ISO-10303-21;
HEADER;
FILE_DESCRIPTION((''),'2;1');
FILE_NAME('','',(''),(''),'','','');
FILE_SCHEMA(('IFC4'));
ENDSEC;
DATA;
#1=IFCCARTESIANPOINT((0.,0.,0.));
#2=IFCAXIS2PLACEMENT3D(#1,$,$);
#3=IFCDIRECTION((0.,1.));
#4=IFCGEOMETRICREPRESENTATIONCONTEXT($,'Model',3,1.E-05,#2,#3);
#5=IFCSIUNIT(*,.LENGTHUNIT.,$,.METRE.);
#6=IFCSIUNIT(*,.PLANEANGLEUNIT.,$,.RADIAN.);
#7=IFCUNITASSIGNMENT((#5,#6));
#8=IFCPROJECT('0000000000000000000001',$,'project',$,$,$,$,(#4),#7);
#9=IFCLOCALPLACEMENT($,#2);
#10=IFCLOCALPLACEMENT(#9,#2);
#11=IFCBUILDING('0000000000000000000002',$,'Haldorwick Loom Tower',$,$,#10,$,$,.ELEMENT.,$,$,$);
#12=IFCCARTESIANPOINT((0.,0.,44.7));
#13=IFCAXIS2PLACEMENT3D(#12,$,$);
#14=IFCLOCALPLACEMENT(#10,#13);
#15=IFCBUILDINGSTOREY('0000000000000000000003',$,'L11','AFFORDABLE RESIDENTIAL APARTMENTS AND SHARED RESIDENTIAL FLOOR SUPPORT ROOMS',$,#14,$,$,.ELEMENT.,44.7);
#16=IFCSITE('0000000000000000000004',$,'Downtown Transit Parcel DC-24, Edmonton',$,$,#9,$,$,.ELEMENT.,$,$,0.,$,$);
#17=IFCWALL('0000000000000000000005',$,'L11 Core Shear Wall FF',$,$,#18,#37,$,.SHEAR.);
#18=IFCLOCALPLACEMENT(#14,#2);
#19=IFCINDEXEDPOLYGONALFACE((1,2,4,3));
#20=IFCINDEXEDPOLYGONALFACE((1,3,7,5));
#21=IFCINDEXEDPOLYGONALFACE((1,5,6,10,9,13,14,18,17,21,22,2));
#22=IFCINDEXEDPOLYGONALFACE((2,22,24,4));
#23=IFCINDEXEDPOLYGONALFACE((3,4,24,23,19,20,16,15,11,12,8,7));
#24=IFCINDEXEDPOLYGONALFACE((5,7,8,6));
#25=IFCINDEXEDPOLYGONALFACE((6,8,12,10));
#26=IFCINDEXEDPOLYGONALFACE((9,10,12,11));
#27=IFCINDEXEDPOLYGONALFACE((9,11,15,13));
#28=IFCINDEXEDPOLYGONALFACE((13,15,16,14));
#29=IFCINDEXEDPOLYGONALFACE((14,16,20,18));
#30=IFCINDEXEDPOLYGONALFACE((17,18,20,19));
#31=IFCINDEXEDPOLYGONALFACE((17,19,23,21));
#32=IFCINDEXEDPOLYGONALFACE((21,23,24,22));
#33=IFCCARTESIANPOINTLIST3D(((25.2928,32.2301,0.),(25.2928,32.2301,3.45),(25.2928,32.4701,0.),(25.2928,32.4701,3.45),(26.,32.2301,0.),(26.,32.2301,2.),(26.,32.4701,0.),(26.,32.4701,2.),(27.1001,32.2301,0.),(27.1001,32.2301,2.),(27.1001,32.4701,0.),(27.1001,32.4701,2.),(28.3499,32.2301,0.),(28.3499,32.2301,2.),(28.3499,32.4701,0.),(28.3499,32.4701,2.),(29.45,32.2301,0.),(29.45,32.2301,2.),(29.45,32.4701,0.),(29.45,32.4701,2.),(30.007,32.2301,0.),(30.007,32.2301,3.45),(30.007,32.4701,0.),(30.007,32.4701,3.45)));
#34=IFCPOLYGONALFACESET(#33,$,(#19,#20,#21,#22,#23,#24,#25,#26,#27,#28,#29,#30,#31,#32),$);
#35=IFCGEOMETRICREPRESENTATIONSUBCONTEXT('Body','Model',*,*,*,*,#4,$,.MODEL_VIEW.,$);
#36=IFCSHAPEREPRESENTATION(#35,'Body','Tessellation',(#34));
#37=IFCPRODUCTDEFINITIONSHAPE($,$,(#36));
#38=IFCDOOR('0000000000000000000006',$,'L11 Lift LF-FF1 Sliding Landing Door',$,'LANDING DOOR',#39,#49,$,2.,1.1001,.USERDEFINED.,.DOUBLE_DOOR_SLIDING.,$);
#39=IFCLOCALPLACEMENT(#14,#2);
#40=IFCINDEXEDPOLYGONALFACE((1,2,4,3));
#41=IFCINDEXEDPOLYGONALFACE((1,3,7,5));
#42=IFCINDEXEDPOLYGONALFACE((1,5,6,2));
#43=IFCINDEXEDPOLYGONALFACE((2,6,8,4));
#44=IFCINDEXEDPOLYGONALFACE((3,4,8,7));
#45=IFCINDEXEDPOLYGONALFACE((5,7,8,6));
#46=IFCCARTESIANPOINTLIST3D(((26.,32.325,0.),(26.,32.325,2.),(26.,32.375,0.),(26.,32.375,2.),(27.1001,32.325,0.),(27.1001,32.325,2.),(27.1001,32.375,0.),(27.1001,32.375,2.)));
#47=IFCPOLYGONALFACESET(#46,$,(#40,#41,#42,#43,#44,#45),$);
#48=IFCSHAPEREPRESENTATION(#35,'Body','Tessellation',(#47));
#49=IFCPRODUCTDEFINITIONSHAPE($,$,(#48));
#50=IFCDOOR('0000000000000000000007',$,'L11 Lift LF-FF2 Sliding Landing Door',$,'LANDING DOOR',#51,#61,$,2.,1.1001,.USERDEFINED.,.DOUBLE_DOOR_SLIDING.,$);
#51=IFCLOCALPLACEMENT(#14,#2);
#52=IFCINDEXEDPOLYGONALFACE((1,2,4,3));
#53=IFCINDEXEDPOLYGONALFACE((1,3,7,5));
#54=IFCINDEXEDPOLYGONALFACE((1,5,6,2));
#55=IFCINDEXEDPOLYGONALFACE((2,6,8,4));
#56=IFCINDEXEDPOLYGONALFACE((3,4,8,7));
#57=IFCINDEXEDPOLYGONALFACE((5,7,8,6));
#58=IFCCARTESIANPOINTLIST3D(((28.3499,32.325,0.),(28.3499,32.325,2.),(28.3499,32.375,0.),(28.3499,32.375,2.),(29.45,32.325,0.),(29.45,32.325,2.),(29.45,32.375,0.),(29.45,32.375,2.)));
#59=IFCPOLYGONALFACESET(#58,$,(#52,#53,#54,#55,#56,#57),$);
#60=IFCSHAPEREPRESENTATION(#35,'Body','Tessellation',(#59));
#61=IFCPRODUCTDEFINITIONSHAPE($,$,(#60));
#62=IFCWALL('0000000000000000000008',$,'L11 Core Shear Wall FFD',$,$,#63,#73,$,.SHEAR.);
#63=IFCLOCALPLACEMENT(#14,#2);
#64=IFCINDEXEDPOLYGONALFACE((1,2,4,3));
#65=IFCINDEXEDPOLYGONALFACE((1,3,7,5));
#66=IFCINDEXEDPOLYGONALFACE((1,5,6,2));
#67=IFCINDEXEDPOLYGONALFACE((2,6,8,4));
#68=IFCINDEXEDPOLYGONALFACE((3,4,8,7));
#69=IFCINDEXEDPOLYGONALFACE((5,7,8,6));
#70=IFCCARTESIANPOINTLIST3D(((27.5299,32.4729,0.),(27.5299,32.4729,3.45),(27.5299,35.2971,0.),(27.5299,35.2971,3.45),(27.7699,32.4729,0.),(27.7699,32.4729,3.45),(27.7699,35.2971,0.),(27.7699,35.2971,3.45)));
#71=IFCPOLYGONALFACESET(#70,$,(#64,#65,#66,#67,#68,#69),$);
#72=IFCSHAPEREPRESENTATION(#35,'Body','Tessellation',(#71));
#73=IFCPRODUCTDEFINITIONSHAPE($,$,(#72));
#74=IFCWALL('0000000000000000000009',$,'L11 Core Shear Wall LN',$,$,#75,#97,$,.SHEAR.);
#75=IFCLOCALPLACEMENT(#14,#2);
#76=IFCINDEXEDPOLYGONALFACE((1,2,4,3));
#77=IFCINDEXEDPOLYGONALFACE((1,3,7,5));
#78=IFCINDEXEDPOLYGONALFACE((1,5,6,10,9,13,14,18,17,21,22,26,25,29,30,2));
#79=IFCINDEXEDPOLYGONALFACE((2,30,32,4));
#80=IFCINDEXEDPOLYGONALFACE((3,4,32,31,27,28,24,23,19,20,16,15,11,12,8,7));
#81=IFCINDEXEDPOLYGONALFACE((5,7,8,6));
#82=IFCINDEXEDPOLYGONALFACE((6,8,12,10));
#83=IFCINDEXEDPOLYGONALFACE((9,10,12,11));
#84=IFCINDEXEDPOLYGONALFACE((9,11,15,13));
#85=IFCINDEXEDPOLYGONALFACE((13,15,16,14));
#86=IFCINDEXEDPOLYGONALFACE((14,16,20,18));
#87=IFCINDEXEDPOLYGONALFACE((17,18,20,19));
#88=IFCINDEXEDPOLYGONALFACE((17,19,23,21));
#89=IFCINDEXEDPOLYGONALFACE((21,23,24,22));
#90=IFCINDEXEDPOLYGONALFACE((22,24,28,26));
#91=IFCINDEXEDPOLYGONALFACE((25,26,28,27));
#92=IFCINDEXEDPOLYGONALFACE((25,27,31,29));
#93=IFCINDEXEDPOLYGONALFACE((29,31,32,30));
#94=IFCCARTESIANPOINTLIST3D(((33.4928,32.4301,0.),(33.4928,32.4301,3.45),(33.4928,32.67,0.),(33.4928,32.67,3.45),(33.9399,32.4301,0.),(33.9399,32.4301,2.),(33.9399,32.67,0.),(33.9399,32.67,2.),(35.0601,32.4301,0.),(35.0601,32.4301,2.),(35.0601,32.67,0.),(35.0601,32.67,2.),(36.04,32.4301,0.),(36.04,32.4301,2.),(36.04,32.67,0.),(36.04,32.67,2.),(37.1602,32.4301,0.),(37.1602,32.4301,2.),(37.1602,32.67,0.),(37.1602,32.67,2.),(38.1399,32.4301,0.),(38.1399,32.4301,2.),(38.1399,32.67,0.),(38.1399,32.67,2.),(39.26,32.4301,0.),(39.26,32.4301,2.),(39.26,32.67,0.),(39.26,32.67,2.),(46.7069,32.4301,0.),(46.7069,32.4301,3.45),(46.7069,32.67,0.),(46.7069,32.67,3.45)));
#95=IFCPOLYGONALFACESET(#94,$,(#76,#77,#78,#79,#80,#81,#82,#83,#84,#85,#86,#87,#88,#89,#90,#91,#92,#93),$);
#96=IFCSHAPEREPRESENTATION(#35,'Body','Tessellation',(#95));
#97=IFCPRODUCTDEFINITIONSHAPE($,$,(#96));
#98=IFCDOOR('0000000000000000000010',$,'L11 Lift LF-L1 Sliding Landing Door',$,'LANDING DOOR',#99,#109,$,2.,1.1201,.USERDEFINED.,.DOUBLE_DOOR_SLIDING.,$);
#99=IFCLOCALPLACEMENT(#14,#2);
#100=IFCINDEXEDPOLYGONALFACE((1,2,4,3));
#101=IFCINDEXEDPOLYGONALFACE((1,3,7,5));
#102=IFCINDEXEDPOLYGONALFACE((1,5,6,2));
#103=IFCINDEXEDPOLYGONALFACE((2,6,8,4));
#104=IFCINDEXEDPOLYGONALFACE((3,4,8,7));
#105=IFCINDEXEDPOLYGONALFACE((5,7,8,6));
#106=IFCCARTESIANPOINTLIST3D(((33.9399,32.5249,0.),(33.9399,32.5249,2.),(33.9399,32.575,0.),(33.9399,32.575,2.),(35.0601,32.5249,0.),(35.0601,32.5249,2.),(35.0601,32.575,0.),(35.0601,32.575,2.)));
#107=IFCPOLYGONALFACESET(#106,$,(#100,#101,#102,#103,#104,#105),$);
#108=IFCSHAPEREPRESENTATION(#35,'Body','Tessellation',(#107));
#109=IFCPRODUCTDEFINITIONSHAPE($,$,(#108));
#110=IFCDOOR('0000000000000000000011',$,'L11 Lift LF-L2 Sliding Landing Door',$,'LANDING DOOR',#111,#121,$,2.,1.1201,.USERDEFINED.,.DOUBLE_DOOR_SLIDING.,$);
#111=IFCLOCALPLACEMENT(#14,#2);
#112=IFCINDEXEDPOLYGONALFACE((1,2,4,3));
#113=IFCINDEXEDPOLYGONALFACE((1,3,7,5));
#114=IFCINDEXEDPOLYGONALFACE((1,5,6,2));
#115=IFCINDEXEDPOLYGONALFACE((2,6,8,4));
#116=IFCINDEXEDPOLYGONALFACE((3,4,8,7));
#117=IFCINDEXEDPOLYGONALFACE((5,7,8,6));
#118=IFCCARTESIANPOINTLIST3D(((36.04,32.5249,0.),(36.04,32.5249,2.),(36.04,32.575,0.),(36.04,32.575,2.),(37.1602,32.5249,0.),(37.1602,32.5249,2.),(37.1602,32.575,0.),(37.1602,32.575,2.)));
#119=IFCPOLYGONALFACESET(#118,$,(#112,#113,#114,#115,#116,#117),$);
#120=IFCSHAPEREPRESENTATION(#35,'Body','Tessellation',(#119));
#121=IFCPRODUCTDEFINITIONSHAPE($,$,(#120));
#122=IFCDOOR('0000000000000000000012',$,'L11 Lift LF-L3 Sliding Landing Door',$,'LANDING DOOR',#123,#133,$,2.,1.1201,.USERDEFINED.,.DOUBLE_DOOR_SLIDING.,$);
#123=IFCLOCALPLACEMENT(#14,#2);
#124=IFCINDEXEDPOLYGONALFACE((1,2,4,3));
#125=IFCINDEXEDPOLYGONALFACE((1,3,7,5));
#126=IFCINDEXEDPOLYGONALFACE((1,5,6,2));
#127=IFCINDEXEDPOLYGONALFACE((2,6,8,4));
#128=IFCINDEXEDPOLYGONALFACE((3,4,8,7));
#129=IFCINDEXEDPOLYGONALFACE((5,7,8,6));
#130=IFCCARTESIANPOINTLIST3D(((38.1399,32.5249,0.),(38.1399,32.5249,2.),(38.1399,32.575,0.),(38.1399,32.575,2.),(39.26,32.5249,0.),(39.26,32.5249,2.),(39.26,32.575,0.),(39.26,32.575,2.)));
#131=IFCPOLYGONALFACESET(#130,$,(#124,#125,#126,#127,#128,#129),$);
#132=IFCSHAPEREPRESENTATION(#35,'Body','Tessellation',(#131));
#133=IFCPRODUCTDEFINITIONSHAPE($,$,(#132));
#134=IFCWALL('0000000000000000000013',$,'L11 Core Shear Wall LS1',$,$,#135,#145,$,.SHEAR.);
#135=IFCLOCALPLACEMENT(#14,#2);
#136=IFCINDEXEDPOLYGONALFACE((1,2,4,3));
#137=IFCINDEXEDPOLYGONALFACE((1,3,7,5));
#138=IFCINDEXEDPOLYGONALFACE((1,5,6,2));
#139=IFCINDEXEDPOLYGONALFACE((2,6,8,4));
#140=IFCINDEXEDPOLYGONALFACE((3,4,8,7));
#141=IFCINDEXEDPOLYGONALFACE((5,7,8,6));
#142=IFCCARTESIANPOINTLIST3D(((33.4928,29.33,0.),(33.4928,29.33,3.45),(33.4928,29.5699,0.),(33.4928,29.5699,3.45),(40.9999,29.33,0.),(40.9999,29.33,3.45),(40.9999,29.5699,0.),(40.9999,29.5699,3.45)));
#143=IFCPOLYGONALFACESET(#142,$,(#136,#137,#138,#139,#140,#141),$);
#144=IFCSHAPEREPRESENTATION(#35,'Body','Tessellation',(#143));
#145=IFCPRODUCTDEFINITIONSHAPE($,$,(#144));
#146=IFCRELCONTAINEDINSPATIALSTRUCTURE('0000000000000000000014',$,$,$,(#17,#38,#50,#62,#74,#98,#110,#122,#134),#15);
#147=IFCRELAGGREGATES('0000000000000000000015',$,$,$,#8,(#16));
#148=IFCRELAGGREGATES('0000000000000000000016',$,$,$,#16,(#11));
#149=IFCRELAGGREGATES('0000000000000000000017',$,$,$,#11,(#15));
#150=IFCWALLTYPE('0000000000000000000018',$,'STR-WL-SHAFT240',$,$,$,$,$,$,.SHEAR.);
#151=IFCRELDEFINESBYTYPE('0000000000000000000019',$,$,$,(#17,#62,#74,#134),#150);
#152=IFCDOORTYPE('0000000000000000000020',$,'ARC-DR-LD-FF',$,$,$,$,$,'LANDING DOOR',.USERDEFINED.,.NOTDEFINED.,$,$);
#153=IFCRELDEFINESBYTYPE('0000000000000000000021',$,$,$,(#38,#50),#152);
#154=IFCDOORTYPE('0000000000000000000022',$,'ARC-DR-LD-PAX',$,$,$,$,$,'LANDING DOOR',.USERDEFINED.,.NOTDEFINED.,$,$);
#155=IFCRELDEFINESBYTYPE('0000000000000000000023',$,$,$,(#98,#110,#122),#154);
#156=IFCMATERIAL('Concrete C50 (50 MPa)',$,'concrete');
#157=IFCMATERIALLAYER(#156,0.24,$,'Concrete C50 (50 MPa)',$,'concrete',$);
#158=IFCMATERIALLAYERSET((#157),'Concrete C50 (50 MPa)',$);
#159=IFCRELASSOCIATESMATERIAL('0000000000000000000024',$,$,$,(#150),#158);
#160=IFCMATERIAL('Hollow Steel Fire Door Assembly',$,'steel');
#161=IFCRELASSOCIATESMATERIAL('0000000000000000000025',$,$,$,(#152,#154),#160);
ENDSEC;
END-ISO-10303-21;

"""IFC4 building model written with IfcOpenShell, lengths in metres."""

from ifc_helpers import new_model, si_unit, direction, frame, frame_2d, origin, place, context, subcontext, project, spatial, rectangle, extrude, material, layer, layer_set, type_object, element, fill, save


model = new_model("IFC4")

# Units and contexts
model_context = context("Model", 3, precision=1e-05, world=origin(), true_north=direction((0.0, 1.0)))
body_context = subcontext(model_context, "Body", "Model", "MODEL_VIEW")
ifc_project = project(units=[si_unit("LENGTHUNIT", "METRE"), si_unit("PLANEANGLEUNIT", "RADIAN")], contexts=[model_context])

# Site, building, storey
site_placement = place(None, origin())
site = spatial("IfcSite", under=ifc_project, at=site_placement, Name="Downtown Transit Parcel DC-24, Edmonton", CompositionType="ELEMENT", RefElevation=0.0)
building_placement = place(site_placement, origin())
building = spatial("IfcBuilding", under=site, at=building_placement, Name="Haldorwick Loom Tower", CompositionType="ELEMENT")
storey_placement = place(building_placement, frame((0.0, 0.0, 44.7)))
storey = spatial("IfcBuildingStorey", under=building, at=storey_placement, Name="L11", Description="AFFORDABLE RESIDENTIAL APARTMENTS AND SHARED RESIDENTIAL FLOOR SUPPORT ROOMS", CompositionType="ELEMENT", Elevation=44.7)

# Shared definitions
ifc_material_1 = material(Name="Concrete C50 (50 MPa)", Category="concrete")
ifc_layer = layer(ifc_material_1, 0.24, Name="Concrete C50 (50 MPa)", Category="concrete")
ifc_layer_set = layer_set([ifc_layer], Name="Concrete C50 (50 MPa)")
wall_type = type_object("IfcWallType", Name="STR-WL-SHAFT240", PredefinedType="SHEAR", material=ifc_layer_set)

# Wall, openings, doors
wall_1_placement = place(storey_placement, frame((25.293, 32.3501, 0.0), z_axis=(0.0, 0.0, 1.0), x_axis=(1.0, 0.0, 0.0)))
wall_1 = element("IfcWall", 1, at=wall_1_placement, inside=storey, type_object=wall_type, Name="L11 Core Shear Wall FF", PredefinedType="SHEAR", context=body_context, shape_type="SweptSolid", body=[
    extrude(rectangle(XDim=4.7141, YDim=0.24, at=frame_2d((2.3569, 0.0))), origin(), (0.0, 0.0, 1.0), 3.45),
])
opening_1_placement = place(wall_1_placement, frame((0.707, 0.0, 0.0)))
opening_1 = element("IfcOpeningElement", 2, at=opening_1_placement, cuts=wall_1, PredefinedType="OPENING", context=body_context, shape_type="SweptSolid", body=[
    extrude(rectangle(XDim=1.1001, YDim=2.0, at=frame_2d((0.55, 1.0))), frame((0.0, 0.1299, 0.0), z_axis=(0.0, -1.0, 0.0), x_axis=(1.0, 0.0, 0.0)), (0.0, 0.0, 1.0), 0.26),
])
opening_2_placement = place(wall_1_placement, frame((3.0569, 0.0, 0.0)))
opening_2 = element("IfcOpeningElement", 3, at=opening_2_placement, cuts=wall_1, PredefinedType="OPENING", context=body_context, shape_type="SweptSolid", body=[
    extrude(rectangle(XDim=1.1001, YDim=2.0, at=frame_2d((0.55, 1.0))), frame((0.0, 0.1299, 0.0), z_axis=(0.0, -1.0, 0.0), x_axis=(1.0, 0.0, 0.0)), (0.0, 0.0, 1.0), 0.26),
])
ifc_material_2 = material(Name="Hollow Steel Fire Door Assembly", Category="steel")
door_type_1 = type_object("IfcDoorType", Name="ARC-DR-LD-FF", ElementType="LANDING DOOR", OperationType="NOTDEFINED", PredefinedType="USERDEFINED", material=ifc_material_2)
door_1_placement = place(opening_1_placement, origin())
door_1 = element("IfcDoor", 4, at=door_1_placement, inside=storey, type_object=door_type_1, Name="L11 Lift LF-FF1 Sliding Landing Door", ObjectType="LANDING DOOR", OperationType="DOUBLE_DOOR_SLIDING", OverallHeight=2.0, OverallWidth=1.1001, PredefinedType="USERDEFINED", context=body_context, shape_type="SweptSolid", body=[
    extrude(rectangle(XDim=1.1001, YDim=2.0, at=frame_2d((0.55, 1.0))), frame((0.0, 0.0249, 0.0), z_axis=(0.0, -1.0, 0.0), x_axis=(1.0, 0.0, 0.0)), (0.0, 0.0, 1.0), 0.05),
])
fill(opening_1, door_1)
door_2_placement = place(opening_2_placement, origin())
door_2 = element("IfcDoor", 5, at=door_2_placement, inside=storey, type_object=door_type_1, Name="L11 Lift LF-FF2 Sliding Landing Door", ObjectType="LANDING DOOR", OperationType="DOUBLE_DOOR_SLIDING", OverallHeight=2.0, OverallWidth=1.1001, PredefinedType="USERDEFINED", context=body_context, shape_type="SweptSolid", body=[
    extrude(rectangle(XDim=1.1001, YDim=2.0, at=frame_2d((0.55, 1.0))), frame((0.0, 0.0249, 0.0), z_axis=(0.0, -1.0, 0.0), x_axis=(1.0, 0.0, 0.0)), (0.0, 0.0, 1.0), 0.05),
])
fill(opening_2, door_2)

# Wall
wall_2_placement = place(storey_placement, frame((27.6499, 32.4729, 0.0), z_axis=(0.0, 0.0, 1.0), x_axis=(0.0, 1.0, 0.0)))
element("IfcWall", 6, at=wall_2_placement, inside=storey, type_object=wall_type, Name="L11 Core Shear Wall FFD", PredefinedType="SHEAR", context=body_context, shape_type="SweptSolid", body=[
    extrude(rectangle(XDim=2.8242, YDim=0.24, at=frame_2d((1.4121, 0.0))), origin(), (0.0, 0.0, 1.0), 3.45),
])

# Wall, openings, doors
wall_3_placement = place(storey_placement, frame((33.4929, 32.55, 0.0), z_axis=(0.0, 0.0, 1.0), x_axis=(1.0, 0.0, 0.0)))
wall_3 = element("IfcWall", 7, at=wall_3_placement, inside=storey, type_object=wall_type, Name="L11 Core Shear Wall LN", PredefinedType="SHEAR", context=body_context, shape_type="SweptSolid", body=[
    extrude(rectangle(XDim=13.2141, YDim=0.24, at=frame_2d((6.6069, 0.0))), origin(), (0.0, 0.0, 1.0), 3.45),
])
opening_3_placement = place(wall_3_placement, frame((0.447, 0.0, 0.0)))
opening_3 = element("IfcOpeningElement", 8, at=opening_3_placement, cuts=wall_3, PredefinedType="OPENING", context=body_context, shape_type="SweptSolid", body=[
    extrude(rectangle(XDim=1.1201, YDim=2.0, at=frame_2d((0.5601, 1.0))), frame((0.0, 0.1299, 0.0), z_axis=(0.0, -1.0, 0.0), x_axis=(1.0, 0.0, 0.0)), (0.0, 0.0, 1.0), 0.26),
])
opening_4_placement = place(wall_3_placement, frame((2.5471, 0.0, 0.0)))
opening_4 = element("IfcOpeningElement", 9, at=opening_4_placement, cuts=wall_3, PredefinedType="OPENING", context=body_context, shape_type="SweptSolid", body=[
    extrude(rectangle(XDim=1.1201, YDim=2.0, at=frame_2d((0.5601, 1.0))), frame((0.0, 0.1299, 0.0), z_axis=(0.0, -1.0, 0.0), x_axis=(1.0, 0.0, 0.0)), (0.0, 0.0, 1.0), 0.26),
])
opening_5_placement = place(wall_3_placement, frame((4.647, 0.0, 0.0)))
opening_5 = element("IfcOpeningElement", 10, at=opening_5_placement, cuts=wall_3, PredefinedType="OPENING", context=body_context, shape_type="SweptSolid", body=[
    extrude(rectangle(XDim=1.1201, YDim=2.0, at=frame_2d((0.5601, 1.0))), frame((0.0, 0.1299, 0.0), z_axis=(0.0, -1.0, 0.0), x_axis=(1.0, 0.0, 0.0)), (0.0, 0.0, 1.0), 0.26),
])
door_type_2 = type_object("IfcDoorType", Name="ARC-DR-LD-PAX", ElementType="LANDING DOOR", OperationType="NOTDEFINED", PredefinedType="USERDEFINED", material=ifc_material_2)
door_3_placement = place(opening_3_placement, origin())
door_3 = element("IfcDoor", 11, at=door_3_placement, inside=storey, type_object=door_type_2, Name="L11 Lift LF-L1 Sliding Landing Door", ObjectType="LANDING DOOR", OperationType="DOUBLE_DOOR_SLIDING", OverallHeight=2.0, OverallWidth=1.1201, PredefinedType="USERDEFINED", context=body_context, shape_type="SweptSolid", body=[
    extrude(rectangle(XDim=1.1201, YDim=2.0, at=frame_2d((0.5601, 1.0))), frame((0.0, 0.0249, 0.0), z_axis=(0.0, -1.0, 0.0), x_axis=(1.0, 0.0, 0.0)), (0.0, 0.0, 1.0), 0.05),
])
fill(opening_3, door_3)
door_4_placement = place(opening_4_placement, origin())
door_4 = element("IfcDoor", 12, at=door_4_placement, inside=storey, type_object=door_type_2, Name="L11 Lift LF-L2 Sliding Landing Door", ObjectType="LANDING DOOR", OperationType="DOUBLE_DOOR_SLIDING", OverallHeight=2.0, OverallWidth=1.1201, PredefinedType="USERDEFINED", context=body_context, shape_type="SweptSolid", body=[
    extrude(rectangle(XDim=1.1201, YDim=2.0, at=frame_2d((0.5601, 1.0))), frame((0.0, 0.0249, 0.0), z_axis=(0.0, -1.0, 0.0), x_axis=(1.0, 0.0, 0.0)), (0.0, 0.0, 1.0), 0.05),
])
fill(opening_4, door_4)
door_5_placement = place(opening_5_placement, origin())
door_5 = element("IfcDoor", 13, at=door_5_placement, inside=storey, type_object=door_type_2, Name="L11 Lift LF-L3 Sliding Landing Door", ObjectType="LANDING DOOR", OperationType="DOUBLE_DOOR_SLIDING", OverallHeight=2.0, OverallWidth=1.1201, PredefinedType="USERDEFINED", context=body_context, shape_type="SweptSolid", body=[
    extrude(rectangle(XDim=1.1201, YDim=2.0, at=frame_2d((0.5601, 1.0))), frame((0.0, 0.0249, 0.0), z_axis=(0.0, -1.0, 0.0), x_axis=(1.0, 0.0, 0.0)), (0.0, 0.0, 1.0), 0.05),
])
fill(opening_5, door_5)

# Wall
wall_4_placement = place(storey_placement, frame((33.4929, 29.45, 0.0), z_axis=(0.0, 0.0, 1.0), x_axis=(1.0, 0.0, 0.0)))
element("IfcWall", 14, at=wall_4_placement, inside=storey, type_object=wall_type, Name="L11 Core Shear Wall LS1", PredefinedType="SHEAR", context=body_context, shape_type="SweptSolid", body=[
    extrude(rectangle(XDim=7.5071, YDim=0.24, at=frame_2d((3.7534, 0.0))), origin(), (0.0, 0.0, 1.0), 3.45),
])

save(model, "model.ifc")
